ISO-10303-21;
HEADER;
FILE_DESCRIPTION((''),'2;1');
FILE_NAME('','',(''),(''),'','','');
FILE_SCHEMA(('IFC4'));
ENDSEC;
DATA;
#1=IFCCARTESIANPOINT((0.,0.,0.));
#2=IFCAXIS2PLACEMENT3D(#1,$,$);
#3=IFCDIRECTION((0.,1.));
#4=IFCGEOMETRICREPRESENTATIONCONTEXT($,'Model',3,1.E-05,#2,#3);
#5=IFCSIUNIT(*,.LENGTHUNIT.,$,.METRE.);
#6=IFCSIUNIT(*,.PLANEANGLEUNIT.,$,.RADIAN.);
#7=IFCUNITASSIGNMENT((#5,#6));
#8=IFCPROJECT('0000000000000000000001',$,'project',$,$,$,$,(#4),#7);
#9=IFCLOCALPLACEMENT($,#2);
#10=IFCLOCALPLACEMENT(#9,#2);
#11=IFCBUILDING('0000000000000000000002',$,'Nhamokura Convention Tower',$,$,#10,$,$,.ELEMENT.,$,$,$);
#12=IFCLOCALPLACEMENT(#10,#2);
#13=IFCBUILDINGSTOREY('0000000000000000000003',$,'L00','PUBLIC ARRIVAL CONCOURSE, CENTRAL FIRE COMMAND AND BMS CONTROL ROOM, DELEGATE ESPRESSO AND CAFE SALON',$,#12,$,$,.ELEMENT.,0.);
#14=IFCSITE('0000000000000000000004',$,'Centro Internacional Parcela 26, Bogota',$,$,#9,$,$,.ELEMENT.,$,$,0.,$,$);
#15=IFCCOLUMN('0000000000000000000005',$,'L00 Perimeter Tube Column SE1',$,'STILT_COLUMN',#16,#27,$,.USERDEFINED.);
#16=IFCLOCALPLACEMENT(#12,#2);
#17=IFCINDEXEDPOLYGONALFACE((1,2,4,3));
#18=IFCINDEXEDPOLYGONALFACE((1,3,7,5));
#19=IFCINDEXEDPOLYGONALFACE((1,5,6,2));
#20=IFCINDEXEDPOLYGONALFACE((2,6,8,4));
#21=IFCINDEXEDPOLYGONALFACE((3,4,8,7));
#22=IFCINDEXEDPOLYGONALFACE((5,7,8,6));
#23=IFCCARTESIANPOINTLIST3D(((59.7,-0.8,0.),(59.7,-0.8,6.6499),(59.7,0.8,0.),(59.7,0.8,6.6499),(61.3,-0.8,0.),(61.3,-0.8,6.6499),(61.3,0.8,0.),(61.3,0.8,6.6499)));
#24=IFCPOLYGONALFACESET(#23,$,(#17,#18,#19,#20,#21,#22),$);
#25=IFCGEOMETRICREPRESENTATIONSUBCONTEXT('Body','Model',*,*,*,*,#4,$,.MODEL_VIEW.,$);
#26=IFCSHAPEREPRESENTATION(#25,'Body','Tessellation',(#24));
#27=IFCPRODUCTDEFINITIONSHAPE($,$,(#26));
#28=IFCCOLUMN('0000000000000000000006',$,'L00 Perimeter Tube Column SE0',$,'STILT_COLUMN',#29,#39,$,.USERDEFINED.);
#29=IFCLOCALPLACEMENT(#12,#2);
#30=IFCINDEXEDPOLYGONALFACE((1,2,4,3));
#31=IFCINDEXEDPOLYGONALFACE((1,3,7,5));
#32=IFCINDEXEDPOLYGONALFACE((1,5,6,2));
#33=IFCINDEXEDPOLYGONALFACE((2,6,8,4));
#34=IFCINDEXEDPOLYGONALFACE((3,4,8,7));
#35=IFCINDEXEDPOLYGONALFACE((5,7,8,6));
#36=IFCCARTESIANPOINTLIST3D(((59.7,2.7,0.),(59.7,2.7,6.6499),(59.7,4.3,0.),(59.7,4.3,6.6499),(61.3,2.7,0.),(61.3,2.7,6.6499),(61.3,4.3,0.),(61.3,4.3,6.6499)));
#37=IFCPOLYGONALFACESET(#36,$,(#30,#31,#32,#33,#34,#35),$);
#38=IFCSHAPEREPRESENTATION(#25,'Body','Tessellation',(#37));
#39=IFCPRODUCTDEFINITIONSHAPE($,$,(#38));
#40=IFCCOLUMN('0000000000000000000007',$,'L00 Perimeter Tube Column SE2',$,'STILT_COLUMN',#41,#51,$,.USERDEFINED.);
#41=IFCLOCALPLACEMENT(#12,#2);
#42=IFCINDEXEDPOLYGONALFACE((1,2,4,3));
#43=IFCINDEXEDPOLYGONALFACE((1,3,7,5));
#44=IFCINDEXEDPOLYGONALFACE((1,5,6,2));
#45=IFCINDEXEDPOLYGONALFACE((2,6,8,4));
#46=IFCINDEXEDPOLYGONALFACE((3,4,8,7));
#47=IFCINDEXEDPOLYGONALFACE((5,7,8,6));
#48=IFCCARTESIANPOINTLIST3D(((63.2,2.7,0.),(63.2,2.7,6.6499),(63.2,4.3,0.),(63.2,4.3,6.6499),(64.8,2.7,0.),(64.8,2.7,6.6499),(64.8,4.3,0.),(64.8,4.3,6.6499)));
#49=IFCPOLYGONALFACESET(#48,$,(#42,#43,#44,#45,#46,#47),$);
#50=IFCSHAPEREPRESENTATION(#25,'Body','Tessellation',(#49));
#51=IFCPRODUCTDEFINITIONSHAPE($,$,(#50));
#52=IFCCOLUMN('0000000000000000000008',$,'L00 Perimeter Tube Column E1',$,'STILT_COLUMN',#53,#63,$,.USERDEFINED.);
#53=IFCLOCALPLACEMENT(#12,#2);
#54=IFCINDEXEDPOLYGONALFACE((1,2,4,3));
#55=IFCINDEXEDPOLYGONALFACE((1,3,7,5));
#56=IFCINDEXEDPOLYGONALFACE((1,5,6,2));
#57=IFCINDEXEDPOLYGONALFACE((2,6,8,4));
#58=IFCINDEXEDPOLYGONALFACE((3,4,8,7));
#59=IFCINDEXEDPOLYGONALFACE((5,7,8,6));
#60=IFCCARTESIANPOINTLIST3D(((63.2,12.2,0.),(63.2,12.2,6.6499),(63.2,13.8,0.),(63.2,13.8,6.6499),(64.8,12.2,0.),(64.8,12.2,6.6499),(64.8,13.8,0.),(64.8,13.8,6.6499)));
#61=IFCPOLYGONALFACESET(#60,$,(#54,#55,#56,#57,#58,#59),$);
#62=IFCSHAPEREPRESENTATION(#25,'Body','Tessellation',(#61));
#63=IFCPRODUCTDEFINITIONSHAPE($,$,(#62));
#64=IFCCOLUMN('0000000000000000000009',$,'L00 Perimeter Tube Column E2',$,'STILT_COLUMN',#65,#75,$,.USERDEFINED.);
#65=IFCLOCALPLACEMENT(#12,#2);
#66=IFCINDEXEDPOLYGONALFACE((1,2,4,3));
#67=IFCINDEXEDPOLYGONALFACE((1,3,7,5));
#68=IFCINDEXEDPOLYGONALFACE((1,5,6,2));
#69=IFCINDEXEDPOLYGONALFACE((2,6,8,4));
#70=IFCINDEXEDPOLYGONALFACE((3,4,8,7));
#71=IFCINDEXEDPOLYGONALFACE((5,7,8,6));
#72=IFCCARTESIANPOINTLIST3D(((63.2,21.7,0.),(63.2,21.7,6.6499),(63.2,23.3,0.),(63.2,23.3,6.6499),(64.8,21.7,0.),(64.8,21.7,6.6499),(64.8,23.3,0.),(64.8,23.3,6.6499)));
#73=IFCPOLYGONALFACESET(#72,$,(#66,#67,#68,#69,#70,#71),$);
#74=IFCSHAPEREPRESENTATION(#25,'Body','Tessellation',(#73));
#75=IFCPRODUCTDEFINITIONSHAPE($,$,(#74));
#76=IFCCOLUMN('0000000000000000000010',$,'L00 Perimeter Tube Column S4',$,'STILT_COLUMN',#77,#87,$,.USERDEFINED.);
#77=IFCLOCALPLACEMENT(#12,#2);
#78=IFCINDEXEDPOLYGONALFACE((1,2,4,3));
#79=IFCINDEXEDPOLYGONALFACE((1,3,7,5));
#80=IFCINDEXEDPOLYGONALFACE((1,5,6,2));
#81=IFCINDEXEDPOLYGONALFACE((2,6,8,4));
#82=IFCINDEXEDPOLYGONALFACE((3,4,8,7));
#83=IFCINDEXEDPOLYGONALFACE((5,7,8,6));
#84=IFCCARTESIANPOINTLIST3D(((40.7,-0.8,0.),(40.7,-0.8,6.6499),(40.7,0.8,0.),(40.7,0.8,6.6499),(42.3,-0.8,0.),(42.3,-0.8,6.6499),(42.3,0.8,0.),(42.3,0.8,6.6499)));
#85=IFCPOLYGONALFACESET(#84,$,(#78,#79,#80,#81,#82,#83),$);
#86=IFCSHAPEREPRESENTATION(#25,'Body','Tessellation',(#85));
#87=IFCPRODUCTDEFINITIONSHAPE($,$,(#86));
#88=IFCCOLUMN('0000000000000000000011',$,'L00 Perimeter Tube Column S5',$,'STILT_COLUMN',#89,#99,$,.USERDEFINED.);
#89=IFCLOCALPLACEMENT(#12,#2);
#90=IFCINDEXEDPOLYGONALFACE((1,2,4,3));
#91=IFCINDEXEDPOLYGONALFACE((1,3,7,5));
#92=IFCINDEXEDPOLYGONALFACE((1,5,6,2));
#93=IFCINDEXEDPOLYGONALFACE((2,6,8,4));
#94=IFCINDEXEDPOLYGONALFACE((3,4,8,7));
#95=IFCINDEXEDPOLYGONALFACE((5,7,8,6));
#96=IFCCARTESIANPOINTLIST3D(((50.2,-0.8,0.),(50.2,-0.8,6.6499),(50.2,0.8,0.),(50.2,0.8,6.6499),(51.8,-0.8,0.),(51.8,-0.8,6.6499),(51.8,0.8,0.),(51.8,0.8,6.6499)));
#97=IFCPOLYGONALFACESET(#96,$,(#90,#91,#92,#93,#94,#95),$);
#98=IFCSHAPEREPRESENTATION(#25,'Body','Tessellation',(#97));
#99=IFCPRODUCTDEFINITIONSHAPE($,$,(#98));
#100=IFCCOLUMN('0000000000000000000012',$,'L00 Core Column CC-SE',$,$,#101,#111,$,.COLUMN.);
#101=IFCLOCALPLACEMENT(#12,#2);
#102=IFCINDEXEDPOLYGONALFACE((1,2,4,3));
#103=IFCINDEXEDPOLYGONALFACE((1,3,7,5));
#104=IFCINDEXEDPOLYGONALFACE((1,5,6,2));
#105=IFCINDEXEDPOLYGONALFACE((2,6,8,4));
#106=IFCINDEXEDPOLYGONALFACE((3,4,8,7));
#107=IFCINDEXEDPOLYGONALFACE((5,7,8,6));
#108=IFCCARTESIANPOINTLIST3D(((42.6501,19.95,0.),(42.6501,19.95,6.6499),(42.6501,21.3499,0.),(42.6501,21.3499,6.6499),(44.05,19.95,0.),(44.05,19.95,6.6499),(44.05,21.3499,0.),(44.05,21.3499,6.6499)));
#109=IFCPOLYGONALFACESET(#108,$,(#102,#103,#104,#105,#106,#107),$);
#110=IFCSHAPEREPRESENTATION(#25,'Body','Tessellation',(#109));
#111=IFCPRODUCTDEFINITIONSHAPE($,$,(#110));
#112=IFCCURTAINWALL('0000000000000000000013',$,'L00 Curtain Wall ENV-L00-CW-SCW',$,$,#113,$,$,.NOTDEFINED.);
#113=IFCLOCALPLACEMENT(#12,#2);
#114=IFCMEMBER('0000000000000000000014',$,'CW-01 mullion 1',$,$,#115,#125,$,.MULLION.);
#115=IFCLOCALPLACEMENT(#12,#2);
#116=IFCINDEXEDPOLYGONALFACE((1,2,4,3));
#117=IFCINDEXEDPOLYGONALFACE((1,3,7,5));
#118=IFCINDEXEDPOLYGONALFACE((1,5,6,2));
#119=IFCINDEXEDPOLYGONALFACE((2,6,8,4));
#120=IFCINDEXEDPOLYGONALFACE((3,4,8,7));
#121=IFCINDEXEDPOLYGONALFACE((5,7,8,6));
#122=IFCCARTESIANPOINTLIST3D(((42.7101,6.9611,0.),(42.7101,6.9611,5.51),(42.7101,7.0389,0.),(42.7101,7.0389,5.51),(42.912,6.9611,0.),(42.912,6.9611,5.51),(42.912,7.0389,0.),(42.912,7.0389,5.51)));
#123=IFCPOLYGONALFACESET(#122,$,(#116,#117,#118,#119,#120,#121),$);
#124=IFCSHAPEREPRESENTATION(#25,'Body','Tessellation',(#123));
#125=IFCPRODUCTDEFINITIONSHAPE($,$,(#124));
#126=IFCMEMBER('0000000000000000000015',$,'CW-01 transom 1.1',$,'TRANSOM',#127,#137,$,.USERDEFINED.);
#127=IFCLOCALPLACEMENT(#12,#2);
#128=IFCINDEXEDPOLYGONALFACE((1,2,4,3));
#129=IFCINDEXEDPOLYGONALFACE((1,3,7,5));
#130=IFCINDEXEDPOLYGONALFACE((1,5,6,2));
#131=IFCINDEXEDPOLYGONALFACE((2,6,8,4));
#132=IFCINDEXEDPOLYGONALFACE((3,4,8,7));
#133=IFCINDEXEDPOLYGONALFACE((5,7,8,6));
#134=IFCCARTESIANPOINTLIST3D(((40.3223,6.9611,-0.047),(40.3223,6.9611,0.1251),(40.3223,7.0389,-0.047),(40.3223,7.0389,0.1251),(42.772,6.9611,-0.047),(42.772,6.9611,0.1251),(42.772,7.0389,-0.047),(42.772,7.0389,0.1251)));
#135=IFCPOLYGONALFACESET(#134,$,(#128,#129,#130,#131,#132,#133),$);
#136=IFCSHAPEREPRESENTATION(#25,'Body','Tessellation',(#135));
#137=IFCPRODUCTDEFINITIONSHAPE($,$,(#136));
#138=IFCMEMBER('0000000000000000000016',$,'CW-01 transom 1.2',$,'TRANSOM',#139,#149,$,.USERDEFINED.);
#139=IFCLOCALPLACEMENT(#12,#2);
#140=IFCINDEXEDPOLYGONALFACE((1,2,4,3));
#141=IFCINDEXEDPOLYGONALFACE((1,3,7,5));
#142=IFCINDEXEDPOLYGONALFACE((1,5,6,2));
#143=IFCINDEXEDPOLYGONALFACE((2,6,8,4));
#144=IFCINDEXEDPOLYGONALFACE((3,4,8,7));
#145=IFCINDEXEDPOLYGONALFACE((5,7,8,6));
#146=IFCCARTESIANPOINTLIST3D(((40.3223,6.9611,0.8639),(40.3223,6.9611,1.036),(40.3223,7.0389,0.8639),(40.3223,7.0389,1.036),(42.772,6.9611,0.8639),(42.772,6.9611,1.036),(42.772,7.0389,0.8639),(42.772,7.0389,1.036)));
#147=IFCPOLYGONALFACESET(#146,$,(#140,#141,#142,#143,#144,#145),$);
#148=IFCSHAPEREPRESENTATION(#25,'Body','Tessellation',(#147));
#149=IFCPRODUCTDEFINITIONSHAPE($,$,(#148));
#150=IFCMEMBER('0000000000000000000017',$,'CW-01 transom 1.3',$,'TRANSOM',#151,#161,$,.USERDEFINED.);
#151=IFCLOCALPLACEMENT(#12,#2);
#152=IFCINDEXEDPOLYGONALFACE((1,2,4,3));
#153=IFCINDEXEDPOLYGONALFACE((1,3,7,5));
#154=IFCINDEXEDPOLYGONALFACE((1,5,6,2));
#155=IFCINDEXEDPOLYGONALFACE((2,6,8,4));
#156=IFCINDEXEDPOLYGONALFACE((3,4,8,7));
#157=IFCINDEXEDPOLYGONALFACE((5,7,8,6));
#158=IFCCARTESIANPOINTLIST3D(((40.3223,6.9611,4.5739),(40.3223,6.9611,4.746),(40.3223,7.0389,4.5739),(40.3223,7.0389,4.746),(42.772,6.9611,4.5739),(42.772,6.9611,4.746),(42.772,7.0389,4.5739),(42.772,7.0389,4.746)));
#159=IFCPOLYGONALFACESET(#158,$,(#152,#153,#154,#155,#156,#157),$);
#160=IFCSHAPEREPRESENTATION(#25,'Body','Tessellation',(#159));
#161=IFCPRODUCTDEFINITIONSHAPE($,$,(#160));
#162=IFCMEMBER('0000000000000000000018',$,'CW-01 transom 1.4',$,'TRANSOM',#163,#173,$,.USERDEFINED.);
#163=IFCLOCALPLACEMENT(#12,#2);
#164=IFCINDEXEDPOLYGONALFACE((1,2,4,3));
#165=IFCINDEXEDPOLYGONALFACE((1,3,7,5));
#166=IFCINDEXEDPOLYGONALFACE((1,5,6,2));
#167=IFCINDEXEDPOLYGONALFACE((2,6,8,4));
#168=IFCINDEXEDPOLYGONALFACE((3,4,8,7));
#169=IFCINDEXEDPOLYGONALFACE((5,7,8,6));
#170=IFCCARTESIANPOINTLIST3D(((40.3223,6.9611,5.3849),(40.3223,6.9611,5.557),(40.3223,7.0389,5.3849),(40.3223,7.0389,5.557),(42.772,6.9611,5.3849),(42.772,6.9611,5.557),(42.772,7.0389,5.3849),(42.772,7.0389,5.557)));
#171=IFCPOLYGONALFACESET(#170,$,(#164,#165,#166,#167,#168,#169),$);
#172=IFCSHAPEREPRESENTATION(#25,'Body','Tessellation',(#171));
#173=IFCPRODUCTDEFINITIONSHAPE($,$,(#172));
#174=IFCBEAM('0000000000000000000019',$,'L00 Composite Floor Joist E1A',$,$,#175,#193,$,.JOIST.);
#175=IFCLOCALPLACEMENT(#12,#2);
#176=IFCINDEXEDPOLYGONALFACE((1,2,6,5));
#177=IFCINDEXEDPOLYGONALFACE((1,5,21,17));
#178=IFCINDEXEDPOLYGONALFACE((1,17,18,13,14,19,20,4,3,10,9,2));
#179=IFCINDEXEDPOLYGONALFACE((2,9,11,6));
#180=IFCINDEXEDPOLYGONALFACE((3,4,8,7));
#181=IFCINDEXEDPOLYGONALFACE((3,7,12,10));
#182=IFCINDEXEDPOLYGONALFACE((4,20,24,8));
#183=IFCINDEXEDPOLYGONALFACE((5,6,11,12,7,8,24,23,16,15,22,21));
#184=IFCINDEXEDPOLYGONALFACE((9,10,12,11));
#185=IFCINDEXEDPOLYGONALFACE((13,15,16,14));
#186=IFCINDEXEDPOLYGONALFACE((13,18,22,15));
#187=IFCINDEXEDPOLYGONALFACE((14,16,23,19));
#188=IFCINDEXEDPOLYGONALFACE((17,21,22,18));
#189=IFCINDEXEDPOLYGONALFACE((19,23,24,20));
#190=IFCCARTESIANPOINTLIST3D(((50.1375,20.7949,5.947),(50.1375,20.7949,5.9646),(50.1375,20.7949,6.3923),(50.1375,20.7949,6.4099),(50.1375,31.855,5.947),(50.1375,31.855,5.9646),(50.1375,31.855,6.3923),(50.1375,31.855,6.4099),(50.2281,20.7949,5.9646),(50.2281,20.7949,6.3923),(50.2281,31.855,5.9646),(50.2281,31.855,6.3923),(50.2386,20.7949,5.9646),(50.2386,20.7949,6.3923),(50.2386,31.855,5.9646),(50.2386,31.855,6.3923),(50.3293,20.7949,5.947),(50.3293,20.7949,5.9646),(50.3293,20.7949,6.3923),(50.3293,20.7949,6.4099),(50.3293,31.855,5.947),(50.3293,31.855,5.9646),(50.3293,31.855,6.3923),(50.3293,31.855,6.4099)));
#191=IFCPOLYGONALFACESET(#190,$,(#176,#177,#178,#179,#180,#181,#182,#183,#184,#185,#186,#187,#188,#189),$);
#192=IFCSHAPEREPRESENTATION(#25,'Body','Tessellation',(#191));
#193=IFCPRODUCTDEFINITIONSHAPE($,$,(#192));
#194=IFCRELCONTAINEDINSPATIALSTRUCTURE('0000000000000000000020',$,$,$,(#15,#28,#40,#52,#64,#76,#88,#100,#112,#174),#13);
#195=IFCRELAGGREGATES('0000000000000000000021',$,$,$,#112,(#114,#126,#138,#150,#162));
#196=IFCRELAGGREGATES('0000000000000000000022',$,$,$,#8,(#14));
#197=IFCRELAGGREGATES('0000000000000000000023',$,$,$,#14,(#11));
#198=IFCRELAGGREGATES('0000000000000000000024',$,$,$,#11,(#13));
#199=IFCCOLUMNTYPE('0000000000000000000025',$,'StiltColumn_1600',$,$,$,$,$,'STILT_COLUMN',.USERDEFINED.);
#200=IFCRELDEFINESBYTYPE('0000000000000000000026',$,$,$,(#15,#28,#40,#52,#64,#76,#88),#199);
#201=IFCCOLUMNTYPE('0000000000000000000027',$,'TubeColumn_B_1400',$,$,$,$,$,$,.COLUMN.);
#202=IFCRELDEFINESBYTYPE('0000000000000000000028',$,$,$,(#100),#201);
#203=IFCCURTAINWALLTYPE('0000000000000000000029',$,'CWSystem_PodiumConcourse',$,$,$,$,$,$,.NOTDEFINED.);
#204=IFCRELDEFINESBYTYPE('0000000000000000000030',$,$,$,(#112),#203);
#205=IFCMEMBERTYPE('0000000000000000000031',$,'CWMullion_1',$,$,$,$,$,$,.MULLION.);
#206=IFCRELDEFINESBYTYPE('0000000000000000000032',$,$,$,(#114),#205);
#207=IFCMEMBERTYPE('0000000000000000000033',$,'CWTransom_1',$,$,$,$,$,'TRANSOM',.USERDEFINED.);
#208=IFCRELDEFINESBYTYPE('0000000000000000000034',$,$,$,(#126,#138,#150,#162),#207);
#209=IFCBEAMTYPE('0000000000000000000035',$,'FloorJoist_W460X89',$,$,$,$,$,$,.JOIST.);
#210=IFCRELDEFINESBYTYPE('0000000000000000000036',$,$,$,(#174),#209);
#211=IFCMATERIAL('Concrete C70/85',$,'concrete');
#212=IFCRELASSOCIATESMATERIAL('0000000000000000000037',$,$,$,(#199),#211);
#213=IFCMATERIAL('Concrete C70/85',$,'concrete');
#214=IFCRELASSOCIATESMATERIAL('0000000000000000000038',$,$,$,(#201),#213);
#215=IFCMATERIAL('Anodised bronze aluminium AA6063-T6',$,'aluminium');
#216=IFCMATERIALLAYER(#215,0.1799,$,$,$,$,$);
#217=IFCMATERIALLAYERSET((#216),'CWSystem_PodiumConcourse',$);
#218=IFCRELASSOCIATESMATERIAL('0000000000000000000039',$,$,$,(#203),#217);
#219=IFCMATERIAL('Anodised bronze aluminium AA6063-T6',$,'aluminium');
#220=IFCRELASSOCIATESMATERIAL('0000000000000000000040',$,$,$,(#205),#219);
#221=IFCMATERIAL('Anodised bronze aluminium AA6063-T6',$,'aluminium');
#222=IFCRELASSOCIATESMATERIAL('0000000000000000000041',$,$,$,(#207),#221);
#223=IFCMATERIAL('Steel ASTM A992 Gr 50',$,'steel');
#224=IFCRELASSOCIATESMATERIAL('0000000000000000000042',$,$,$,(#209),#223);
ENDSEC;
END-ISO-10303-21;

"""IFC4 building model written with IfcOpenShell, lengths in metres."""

from ifc_helpers import new_model, si_unit, direction, frame, origin, origin_2d, place, context, subcontext, project, spatial, rectangle, i_section, extrude, material, layer, layer_set, material_profile, profile_set, type_object, element, aggregate, save


model = new_model("IFC4")

# Units and contexts
model_context = context("Model", 3, precision=1e-05, world=origin(), true_north=direction((0.0, 1.0)))
body_context = subcontext(model_context, "Body", "Model", "MODEL_VIEW")
ifc_project = project(units=[si_unit("LENGTHUNIT", "METRE"), si_unit("PLANEANGLEUNIT", "RADIAN")], contexts=[model_context])

# Site, building, storey
site_placement = place(None, origin())
site = spatial("IfcSite", under=ifc_project, at=site_placement, Name="Centro Internacional Parcela 26, Bogota", CompositionType="ELEMENT", RefElevation=0.0)
building_placement = place(site_placement, origin())
building = spatial("IfcBuilding", under=site, at=building_placement, Name="Nhamokura Convention Tower", CompositionType="ELEMENT")
storey_placement = place(building_placement, origin())
storey = spatial("IfcBuildingStorey", under=building, at=storey_placement, Name="L00", Description="PUBLIC ARRIVAL CONCOURSE, CENTRAL FIRE COMMAND AND BMS CONTROL ROOM, DELEGATE ESPRESSO AND CAFE SALON", CompositionType="ELEMENT", Elevation=0.0)

# Columns
ifc_material_1 = material(Name="Concrete C70/85", Category="concrete")
ifc_material_profile_1 = material_profile(ifc_material_1, rectangle(XDim=1.6001, YDim=1.6001, at=origin_2d()))
ifc_profile_set_1 = profile_set([ifc_material_profile_1], Name="Concrete C70/85")
column_type_1 = type_object("IfcColumnType", Name="StiltColumn_1600", ElementType="STILT_COLUMN", PredefinedType="USERDEFINED", material=ifc_profile_set_1)
for number, where, z_axis, x_axis, name in (
    (1, (60.5, 0.0, 0.0), (0.0, 0.0, 1.0), (1.0, 0.0, 0.0), "L00 Perimeter Tube Column SE1"),
    (2, (60.5, 3.5, 0.0), (0.0, 0.0, 1.0), (1.0, 0.0, 0.0), "L00 Perimeter Tube Column SE0"),
    (3, (64.0, 3.5, 0.0), (0.0, 0.0, 1.0), (1.0, 0.0, 0.0), "L00 Perimeter Tube Column SE2"),
    (4, (64.0, 13.0, 0.0), (0.0, 0.0, 1.0), (1.0, 0.0, 0.0), "L00 Perimeter Tube Column E1"),
    (5, (64.0, 22.5, 0.0), (0.0, 0.0, 1.0), (1.0, 0.0, 0.0), "L00 Perimeter Tube Column E2"),
    (6, (41.5, 0.0, 0.0), (0.0, 0.0, 1.0), (1.0, 0.0, 0.0), "L00 Perimeter Tube Column S4"),
    (7, (51.0, 0.0, 0.0), (0.0, 0.0, 1.0), (1.0, 0.0, 0.0), "L00 Perimeter Tube Column S5"),
):
    element("IfcColumn", number, at=place(storey_placement, frame(where, z_axis=z_axis, x_axis=x_axis)), inside=storey, type_object=column_type_1, Name=name, ObjectType="STILT_COLUMN", PredefinedType="USERDEFINED", context=body_context, shape_type="SweptSolid", body=[
        extrude(rectangle(XDim=1.6001, YDim=1.6001, at=origin_2d()), origin(), (0.0, 0.0, 1.0), 6.6499),
    ])
ifc_material_2 = material(Name="Concrete C70/85", Category="concrete")
ifc_material_profile_2 = material_profile(ifc_material_2, rectangle(XDim=1.3999, YDim=1.3999, at=origin_2d()))
ifc_profile_set_2 = profile_set([ifc_material_profile_2], Name="Concrete C70/85")
column_type_2 = type_object("IfcColumnType", Name="TubeColumn_B_1400", PredefinedType="COLUMN", material=ifc_profile_set_2)
column_placement = place(storey_placement, frame((43.3501, 20.6499, 0.0), z_axis=(0.0, 0.0, 1.0), x_axis=(1.0, 0.0, 0.0)))
element("IfcColumn", 8, at=column_placement, inside=storey, type_object=column_type_2, Name="L00 Core Column CC-SE", PredefinedType="COLUMN", context=body_context, shape_type="SweptSolid", body=[
    extrude(rectangle(XDim=1.3999, YDim=1.3999, at=origin_2d()), origin(), (0.0, 0.0, 1.0), 6.6499),
])

# Curtain wall, members
ifc_material_3 = material(Name="Anodised bronze aluminium AA6063-T6", Category="aluminium")
ifc_layer_1 = layer(ifc_material_3, 0.1799)
ifc_layer_set_1 = layer_set([ifc_layer_1], Name="CWSystem_PodiumConcourse")
curtain_wall_type = type_object("IfcCurtainWallType", Name="CWSystem_PodiumConcourse", PredefinedType="NOTDEFINED", material=ifc_layer_set_1)
curtain_wall_placement = place(storey_placement, origin())
curtain_wall = element("IfcCurtainWall", 9, at=curtain_wall_placement, inside=storey, type_object=curtain_wall_type, Name="L00 Curtain Wall ENV-L00-CW-SCW", PredefinedType="NOTDEFINED")
ifc_material_4 = material(Name="Anodised bronze aluminium AA6063-T6", Category="aluminium")
ifc_material_profile_3 = material_profile(ifc_material_4, rectangle(XDim=0.0779, YDim=0.2019, at=origin_2d()))
ifc_profile_set_3 = profile_set([ifc_material_profile_3], Name="Anodised bronze aluminium AA6063-T6")
member_type_1 = type_object("IfcMemberType", Name="CWMullion_1", PredefinedType="MULLION", material=ifc_profile_set_3)
member_1_placement = place(storey_placement, frame((42.811, 7.0, 0.0), z_axis=(0.0, 0.0, 1.0), x_axis=(0.0, -1.0, 0.0)))
member_1 = element("IfcMember", 10, at=member_1_placement, type_object=member_type_1, Name="CW-01 mullion 1", PredefinedType="MULLION", context=body_context, shape_type="SweptSolid", body=[
    extrude(rectangle(XDim=0.0779, YDim=0.2019, at=origin_2d()), origin(), (0.0, 0.0, 1.0), 5.51),
])
ifc_material_5 = material(Name="Anodised bronze aluminium AA6063-T6", Category="aluminium")
ifc_material_profile_4 = material_profile(ifc_material_5, rectangle(XDim=0.0779, YDim=0.1721, at=origin_2d()))
ifc_profile_set_4 = profile_set([ifc_material_profile_4], Name="Anodised bronze aluminium AA6063-T6")
member_type_2 = type_object("IfcMemberType", Name="CWTransom_1", ElementType="TRANSOM", PredefinedType="USERDEFINED", material=ifc_profile_set_4)
member_2_placement = place(storey_placement, frame((42.772, 7.0, 0.0391), z_axis=(-1.0, 0.0, 0.0), x_axis=(0.0, -1.0, 0.0)))
member_2 = element("IfcMember", 11, at=member_2_placement, type_object=member_type_2, Name="CW-01 transom 1.1", ObjectType="TRANSOM", PredefinedType="USERDEFINED", context=body_context, shape_type="SweptSolid", body=[
    extrude(rectangle(XDim=0.0779, YDim=0.1721, at=origin_2d()), origin(), (0.0, 0.0, 1.0), 2.4497),
])
member_3_placement = place(storey_placement, frame((42.772, 7.0, 0.95), z_axis=(-1.0, 0.0, 0.0), x_axis=(0.0, -1.0, 0.0)))
member_3 = element("IfcMember", 12, at=member_3_placement, type_object=member_type_2, Name="CW-01 transom 1.2", ObjectType="TRANSOM", PredefinedType="USERDEFINED", context=body_context, shape_type="SweptSolid", body=[
    extrude(rectangle(XDim=0.0779, YDim=0.1721, at=origin_2d()), origin(), (0.0, 0.0, 1.0), 2.4497),
])
member_4_placement = place(storey_placement, frame((42.772, 7.0, 4.6599), z_axis=(-1.0, 0.0, 0.0), x_axis=(0.0, -1.0, 0.0)))
member_4 = element("IfcMember", 13, at=member_4_placement, type_object=member_type_2, Name="CW-01 transom 1.3", ObjectType="TRANSOM", PredefinedType="USERDEFINED", context=body_context, shape_type="SweptSolid", body=[
    extrude(rectangle(XDim=0.0779, YDim=0.1721, at=origin_2d()), origin(), (0.0, 0.0, 1.0), 2.4497),
])
member_5_placement = place(storey_placement, frame((42.772, 7.0, 5.4709), z_axis=(-1.0, 0.0, 0.0), x_axis=(0.0, -1.0, 0.0)))
member_5 = element("IfcMember", 14, at=member_5_placement, type_object=member_type_2, Name="CW-01 transom 1.4", ObjectType="TRANSOM", PredefinedType="USERDEFINED", context=body_context, shape_type="SweptSolid", body=[
    extrude(rectangle(XDim=0.0779, YDim=0.1721, at=origin_2d()), origin(), (0.0, 0.0, 1.0), 2.4497),
])

# Beam
ifc_material_6 = material(Name="Steel ASTM A992 Gr 50", Category="steel")
ifc_material_profile_5 = material_profile(ifc_material_6, i_section(OverallWidth=0.1919, OverallDepth=0.4629, WebThickness=0.0105, FlangeThickness=0.0176, at=origin_2d()))
ifc_profile_set_5 = profile_set([ifc_material_profile_5], Name="Steel ASTM A992 Gr 50")
beam_type_1 = type_object("IfcBeamType", Name="FloorJoist_W460X89", PredefinedType="JOIST", material=ifc_profile_set_5)
for number, where, z_axis, x_axis, name in (
    (15, (50.2334, 20.7949, 6.1785), (0.0, 1.0, 0.0), (-1.0, 0.0, 0.0), "L00 Composite Floor Joist E1A"),
):
    element("IfcBeam", number, at=place(storey_placement, frame(where, z_axis=z_axis, x_axis=x_axis)), inside=storey, type_object=beam_type_1, Name=name, PredefinedType="JOIST", context=body_context, shape_type="SweptSolid", body=[
        extrude(i_section(OverallWidth=0.1919, OverallDepth=0.4629, WebThickness=0.0105, FlangeThickness=0.0176, at=origin_2d()), origin(), (0.0, 0.0, 1.0), 11.0601),
    ])

aggregate(curtain_wall, [member_1, member_2, member_3, member_4, member_5])

save(model, "model.ifc")
